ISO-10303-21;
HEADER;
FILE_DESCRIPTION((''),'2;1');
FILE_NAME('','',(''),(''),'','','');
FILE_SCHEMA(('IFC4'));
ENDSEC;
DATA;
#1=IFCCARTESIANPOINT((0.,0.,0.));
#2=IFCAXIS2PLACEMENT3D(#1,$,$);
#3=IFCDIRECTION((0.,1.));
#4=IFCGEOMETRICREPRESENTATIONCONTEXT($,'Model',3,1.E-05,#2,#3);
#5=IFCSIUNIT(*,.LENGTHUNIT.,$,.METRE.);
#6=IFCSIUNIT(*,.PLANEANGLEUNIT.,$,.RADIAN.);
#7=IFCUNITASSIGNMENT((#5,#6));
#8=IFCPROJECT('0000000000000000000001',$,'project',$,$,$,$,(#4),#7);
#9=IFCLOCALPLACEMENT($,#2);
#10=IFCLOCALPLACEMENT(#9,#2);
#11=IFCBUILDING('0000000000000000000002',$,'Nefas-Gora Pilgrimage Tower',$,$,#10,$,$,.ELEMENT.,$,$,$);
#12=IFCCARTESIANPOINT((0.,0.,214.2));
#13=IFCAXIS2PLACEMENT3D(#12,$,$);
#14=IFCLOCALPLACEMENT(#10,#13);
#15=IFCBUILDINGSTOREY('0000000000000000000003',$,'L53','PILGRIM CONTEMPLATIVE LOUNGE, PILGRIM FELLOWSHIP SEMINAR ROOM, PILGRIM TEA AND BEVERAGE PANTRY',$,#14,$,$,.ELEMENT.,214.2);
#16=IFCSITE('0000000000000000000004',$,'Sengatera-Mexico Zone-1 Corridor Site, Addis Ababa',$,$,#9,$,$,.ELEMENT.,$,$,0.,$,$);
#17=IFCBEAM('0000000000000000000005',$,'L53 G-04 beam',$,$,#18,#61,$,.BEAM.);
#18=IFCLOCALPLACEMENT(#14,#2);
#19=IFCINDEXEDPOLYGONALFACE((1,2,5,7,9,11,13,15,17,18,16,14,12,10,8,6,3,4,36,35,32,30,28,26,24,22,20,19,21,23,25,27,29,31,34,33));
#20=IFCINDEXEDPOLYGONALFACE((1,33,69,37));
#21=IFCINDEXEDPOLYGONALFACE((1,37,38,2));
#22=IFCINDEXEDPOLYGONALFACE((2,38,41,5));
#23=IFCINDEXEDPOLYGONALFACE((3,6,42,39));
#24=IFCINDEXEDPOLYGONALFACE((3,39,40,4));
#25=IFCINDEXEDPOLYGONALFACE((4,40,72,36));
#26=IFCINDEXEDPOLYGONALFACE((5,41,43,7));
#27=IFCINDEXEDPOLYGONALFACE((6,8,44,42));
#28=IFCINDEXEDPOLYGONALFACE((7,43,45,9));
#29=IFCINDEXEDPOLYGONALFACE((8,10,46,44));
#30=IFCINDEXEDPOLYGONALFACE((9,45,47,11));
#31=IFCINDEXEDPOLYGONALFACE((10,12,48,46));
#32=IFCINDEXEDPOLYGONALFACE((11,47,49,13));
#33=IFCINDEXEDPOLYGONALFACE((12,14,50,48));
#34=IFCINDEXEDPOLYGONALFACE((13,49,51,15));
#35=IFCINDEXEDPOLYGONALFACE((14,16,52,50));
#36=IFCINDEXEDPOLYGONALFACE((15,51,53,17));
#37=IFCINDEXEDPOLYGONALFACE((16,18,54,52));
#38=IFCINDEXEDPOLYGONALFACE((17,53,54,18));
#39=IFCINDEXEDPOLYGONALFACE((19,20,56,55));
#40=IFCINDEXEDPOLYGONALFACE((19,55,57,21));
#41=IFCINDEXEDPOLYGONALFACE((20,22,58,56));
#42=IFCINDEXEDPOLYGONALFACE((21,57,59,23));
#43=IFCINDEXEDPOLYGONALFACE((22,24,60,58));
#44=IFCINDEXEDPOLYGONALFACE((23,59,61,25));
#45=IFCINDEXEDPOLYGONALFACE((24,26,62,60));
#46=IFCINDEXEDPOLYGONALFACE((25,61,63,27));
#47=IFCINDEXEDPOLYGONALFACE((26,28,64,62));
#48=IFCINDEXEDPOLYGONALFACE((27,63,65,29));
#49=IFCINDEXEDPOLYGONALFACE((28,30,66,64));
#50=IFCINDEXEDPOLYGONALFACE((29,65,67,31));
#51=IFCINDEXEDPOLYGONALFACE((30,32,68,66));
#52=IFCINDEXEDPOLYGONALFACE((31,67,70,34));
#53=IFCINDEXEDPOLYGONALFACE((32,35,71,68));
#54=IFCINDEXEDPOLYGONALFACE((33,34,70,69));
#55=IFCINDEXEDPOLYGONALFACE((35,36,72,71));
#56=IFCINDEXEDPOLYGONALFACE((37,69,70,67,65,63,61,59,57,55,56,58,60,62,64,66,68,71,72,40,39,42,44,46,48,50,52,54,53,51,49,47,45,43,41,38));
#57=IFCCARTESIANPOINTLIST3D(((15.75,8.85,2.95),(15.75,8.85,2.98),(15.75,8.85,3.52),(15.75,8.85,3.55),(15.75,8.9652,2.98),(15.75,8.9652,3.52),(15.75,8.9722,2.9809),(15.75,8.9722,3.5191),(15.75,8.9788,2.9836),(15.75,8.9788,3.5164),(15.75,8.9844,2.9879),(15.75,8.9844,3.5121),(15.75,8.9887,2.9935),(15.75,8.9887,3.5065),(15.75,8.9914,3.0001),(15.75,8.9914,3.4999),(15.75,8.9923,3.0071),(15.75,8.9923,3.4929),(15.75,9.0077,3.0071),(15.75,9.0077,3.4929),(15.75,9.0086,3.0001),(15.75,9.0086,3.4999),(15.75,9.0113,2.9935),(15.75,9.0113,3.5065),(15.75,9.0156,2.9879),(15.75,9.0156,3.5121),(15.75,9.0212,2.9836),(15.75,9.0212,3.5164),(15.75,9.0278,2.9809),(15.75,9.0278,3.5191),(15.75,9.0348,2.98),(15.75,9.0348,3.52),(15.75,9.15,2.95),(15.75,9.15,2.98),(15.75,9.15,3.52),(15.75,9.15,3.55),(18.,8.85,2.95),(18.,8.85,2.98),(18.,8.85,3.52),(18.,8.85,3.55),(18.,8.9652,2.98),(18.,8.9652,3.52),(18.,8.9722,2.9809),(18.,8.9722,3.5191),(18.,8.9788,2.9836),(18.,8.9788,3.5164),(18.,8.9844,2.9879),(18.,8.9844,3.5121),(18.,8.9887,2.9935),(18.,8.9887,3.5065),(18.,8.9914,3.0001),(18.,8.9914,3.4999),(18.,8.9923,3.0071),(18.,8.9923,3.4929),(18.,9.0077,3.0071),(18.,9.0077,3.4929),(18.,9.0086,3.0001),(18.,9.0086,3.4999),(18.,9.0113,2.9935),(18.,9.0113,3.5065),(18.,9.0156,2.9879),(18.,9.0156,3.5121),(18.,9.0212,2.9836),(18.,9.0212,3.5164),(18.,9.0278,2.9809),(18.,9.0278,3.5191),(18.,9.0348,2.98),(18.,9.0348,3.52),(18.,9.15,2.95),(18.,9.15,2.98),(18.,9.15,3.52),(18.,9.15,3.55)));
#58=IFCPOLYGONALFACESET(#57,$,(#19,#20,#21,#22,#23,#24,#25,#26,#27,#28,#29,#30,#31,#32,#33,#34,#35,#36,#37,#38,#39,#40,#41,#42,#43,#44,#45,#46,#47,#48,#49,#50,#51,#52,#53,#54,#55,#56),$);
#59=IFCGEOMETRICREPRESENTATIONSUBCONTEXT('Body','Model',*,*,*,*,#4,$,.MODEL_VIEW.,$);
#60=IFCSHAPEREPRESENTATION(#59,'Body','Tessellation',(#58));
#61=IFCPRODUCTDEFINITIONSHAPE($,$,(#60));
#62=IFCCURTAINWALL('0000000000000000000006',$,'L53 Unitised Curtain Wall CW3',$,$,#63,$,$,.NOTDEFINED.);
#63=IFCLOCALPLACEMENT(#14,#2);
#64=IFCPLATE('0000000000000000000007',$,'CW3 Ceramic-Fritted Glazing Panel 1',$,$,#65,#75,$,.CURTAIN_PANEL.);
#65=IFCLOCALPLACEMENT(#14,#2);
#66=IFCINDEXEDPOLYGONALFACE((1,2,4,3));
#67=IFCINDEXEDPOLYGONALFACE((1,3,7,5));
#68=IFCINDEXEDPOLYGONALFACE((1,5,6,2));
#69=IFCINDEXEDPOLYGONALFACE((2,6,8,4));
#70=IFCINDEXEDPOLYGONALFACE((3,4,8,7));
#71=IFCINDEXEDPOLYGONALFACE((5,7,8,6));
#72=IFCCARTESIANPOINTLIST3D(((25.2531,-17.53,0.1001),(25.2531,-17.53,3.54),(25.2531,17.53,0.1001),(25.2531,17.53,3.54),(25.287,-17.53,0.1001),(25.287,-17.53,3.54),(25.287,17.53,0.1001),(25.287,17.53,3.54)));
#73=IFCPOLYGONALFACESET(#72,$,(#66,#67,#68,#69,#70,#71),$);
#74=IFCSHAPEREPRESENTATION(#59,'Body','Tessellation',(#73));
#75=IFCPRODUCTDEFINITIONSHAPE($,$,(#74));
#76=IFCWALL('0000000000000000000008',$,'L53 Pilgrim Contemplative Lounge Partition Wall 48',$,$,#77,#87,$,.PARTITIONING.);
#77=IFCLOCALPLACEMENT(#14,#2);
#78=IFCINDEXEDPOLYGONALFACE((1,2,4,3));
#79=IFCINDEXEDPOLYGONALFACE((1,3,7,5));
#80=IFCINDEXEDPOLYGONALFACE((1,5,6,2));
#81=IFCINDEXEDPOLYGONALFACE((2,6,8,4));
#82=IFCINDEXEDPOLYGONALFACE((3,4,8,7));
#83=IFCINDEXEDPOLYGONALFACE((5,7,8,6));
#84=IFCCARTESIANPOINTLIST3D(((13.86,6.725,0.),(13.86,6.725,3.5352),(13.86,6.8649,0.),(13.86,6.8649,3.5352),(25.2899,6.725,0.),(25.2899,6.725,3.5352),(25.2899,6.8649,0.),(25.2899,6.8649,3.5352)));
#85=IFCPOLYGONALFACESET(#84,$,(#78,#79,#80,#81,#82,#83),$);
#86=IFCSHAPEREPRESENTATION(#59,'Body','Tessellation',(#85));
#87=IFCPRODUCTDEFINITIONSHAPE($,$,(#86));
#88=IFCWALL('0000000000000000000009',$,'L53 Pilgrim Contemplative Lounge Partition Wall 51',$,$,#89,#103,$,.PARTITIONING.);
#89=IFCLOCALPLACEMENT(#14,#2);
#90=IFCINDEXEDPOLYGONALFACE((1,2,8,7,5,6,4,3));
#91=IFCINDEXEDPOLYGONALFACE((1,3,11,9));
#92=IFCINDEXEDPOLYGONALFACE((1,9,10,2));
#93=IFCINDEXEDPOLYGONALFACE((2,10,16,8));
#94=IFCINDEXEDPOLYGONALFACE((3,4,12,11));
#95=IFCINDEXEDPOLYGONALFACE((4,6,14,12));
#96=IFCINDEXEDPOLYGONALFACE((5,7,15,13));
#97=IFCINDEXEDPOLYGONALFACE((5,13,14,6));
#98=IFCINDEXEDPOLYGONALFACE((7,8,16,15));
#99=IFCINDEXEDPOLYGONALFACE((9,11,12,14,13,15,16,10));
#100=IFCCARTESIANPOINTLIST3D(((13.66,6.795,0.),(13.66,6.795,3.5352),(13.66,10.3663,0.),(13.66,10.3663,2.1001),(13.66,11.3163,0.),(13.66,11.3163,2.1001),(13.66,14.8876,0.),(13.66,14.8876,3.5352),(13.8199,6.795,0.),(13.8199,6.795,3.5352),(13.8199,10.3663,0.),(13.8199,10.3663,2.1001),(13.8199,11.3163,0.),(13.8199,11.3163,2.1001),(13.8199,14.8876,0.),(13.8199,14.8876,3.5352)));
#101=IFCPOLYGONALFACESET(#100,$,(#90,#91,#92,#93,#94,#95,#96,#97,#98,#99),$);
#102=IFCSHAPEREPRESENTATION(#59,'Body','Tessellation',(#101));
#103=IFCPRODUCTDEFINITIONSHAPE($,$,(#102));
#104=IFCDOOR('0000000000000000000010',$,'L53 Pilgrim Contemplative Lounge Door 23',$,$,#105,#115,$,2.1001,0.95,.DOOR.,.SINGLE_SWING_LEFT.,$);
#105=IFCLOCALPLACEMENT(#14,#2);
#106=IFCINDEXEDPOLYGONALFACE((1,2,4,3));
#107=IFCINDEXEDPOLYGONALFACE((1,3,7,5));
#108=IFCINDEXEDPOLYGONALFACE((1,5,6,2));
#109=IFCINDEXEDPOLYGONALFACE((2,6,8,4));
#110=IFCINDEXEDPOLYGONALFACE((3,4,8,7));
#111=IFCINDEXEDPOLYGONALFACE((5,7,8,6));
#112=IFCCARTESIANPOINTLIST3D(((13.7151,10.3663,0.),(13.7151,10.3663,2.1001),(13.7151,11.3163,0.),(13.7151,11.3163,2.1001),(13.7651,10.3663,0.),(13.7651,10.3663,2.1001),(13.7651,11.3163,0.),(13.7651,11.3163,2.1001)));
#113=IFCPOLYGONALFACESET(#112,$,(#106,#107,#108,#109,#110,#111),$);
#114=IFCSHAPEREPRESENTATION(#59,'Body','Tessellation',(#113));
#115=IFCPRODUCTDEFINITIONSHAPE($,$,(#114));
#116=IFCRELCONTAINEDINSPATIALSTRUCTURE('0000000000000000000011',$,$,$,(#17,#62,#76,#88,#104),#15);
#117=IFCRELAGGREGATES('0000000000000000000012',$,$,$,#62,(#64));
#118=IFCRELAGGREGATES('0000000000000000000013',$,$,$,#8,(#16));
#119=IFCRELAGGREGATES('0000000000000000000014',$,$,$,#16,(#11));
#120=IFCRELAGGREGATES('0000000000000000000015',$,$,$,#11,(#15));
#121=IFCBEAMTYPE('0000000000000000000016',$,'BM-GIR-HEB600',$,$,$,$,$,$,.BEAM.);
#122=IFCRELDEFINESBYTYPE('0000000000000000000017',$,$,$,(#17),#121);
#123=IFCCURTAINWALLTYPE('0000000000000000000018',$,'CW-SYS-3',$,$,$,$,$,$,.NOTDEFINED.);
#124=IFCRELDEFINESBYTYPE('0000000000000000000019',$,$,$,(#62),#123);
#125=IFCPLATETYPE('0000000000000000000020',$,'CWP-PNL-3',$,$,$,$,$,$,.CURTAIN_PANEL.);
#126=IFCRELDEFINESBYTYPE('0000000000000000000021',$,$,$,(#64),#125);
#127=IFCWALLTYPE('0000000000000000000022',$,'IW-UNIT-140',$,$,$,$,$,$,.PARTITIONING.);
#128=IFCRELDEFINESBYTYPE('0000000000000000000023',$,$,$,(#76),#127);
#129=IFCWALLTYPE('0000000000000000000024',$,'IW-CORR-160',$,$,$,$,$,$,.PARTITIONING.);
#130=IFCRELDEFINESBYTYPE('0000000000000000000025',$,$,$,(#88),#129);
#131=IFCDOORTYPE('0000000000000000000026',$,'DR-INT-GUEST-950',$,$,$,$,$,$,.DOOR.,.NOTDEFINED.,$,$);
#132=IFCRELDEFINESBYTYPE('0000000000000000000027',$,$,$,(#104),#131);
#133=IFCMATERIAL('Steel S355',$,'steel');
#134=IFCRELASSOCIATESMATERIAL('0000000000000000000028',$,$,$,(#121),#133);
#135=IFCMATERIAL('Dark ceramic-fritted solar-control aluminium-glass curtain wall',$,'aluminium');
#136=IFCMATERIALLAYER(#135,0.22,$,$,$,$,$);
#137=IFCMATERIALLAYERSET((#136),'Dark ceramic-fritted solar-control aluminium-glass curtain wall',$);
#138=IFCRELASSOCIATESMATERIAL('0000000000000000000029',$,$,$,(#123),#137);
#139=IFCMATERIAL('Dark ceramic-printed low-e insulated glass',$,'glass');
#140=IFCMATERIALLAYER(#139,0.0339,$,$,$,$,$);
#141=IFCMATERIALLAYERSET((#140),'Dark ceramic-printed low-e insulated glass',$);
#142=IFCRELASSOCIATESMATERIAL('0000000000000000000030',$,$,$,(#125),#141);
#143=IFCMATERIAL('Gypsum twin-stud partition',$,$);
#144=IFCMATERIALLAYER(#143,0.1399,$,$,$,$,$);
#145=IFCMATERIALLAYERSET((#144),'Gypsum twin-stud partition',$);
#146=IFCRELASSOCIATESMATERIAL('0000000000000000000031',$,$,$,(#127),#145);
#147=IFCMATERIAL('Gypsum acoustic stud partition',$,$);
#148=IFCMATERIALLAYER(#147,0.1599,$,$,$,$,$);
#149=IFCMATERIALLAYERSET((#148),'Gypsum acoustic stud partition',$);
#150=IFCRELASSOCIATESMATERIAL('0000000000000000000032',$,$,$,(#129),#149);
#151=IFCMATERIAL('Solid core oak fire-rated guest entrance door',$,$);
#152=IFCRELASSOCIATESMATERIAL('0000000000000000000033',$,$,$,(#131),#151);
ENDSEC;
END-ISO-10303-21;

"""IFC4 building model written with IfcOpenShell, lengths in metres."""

from ifc_helpers import new_model, si_unit, direction, frame, frame_2d, origin, origin_2d, place, context, subcontext, project, spatial, rectangle, i_section, extrude, source, transform, mapped, material, layer, layer_set, material_profile, profile_set, type_object, element, fill, aggregate, save


model = new_model("IFC4")

# Units and contexts
model_context = context("Model", 3, precision=1e-05, world=origin(), true_north=direction((0.0, 1.0)))
body_context = subcontext(model_context, "Body", "Model", "MODEL_VIEW")
ifc_project = project(units=[si_unit("LENGTHUNIT", "METRE"), si_unit("PLANEANGLEUNIT", "RADIAN")], contexts=[model_context])

# Site, building, storey
site_placement = place(None, origin())
site = spatial("IfcSite", under=ifc_project, at=site_placement, Name="Sengatera-Mexico Zone-1 Corridor Site, Addis Ababa", CompositionType="ELEMENT", RefElevation=0.0)
building_placement = place(site_placement, origin())
building = spatial("IfcBuilding", under=site, at=building_placement, Name="Nefas-Gora Pilgrimage Tower", CompositionType="ELEMENT")
storey_placement = place(building_placement, frame((0.0, 0.0, 214.2)))
storey = spatial("IfcBuildingStorey", under=building, at=storey_placement, Name="L53", Description="PILGRIM CONTEMPLATIVE LOUNGE, PILGRIM FELLOWSHIP SEMINAR ROOM, PILGRIM TEA AND BEVERAGE PANTRY", CompositionType="ELEMENT", Elevation=214.2)

# Beam
ifc_material_1 = material(Name="Steel S355", Category="steel")
ifc_material_profile_1 = material_profile(ifc_material_1, i_section(OverallWidth=0.3, OverallDepth=0.6001, WebThickness=0.0154, FlangeThickness=0.03, FilletRadius=0.0271, at=origin_2d()), Name="HEB 600")
ifc_profile_set_1 = profile_set([ifc_material_profile_1], Name="Steel S355")
beam_type_1 = type_object("IfcBeamType", Name="BM-GIR-HEB600", PredefinedType="BEAM", material=ifc_profile_set_1)
shared_shape_1 = source(origin(), body_context, "Body", "SweptSolid", [
    extrude(i_section(OverallWidth=0.3, OverallDepth=0.6001, WebThickness=0.0154, FlangeThickness=0.03, FilletRadius=0.0271, at=origin_2d()), origin(), (0.0, 0.0, 1.0), 2.25),
])
for number, where, z_axis, x_axis, name in (
    (1, (15.75, 9.0, 3.25), (1.0, 0.0, 0.0), (0.0, 1.0, 0.0), "L53 G-04 beam"),
):
    element("IfcBeam", number, at=place(storey_placement, frame(where, z_axis=z_axis, x_axis=x_axis)), inside=storey, type_object=beam_type_1, Name=name, PredefinedType="BEAM", context=body_context, shape_type="MappedRepresentation", body=[
        mapped(shared_shape_1, transform((0.0, 0.0, 0.0), x_axis=(1.0, 0.0, 0.0), y_axis=(0.0, 1.0, 0.0), z_axis=(0.0, 0.0, 1.0), scale=1.0)),
    ])

# Curtain wall, plate
ifc_material_2 = material(Name="Dark ceramic-fritted solar-control aluminium-glass curtain wall", Category="aluminium")
ifc_layer_1 = layer(ifc_material_2, 0.22)
ifc_layer_set_1 = layer_set([ifc_layer_1], Name="Dark ceramic-fritted solar-control aluminium-glass curtain wall")
curtain_wall_type = type_object("IfcCurtainWallType", Name="CW-SYS-3", PredefinedType="NOTDEFINED", material=ifc_layer_set_1)
curtain_wall_placement = place(storey_placement, origin())
curtain_wall = element("IfcCurtainWall", 2, at=curtain_wall_placement, inside=storey, type_object=curtain_wall_type, Name="L53 Unitised Curtain Wall CW3", PredefinedType="NOTDEFINED")
ifc_material_3 = material(Name="Dark ceramic-printed low-e insulated glass", Category="glass")
ifc_layer_2 = layer(ifc_material_3, 0.0339)
ifc_layer_set_2 = layer_set([ifc_layer_2], Name="Dark ceramic-printed low-e insulated glass")
plate_type = type_object("IfcPlateType", Name="CWP-PNL-3", PredefinedType="CURTAIN_PANEL", material=ifc_layer_set_2)
shared_shape_2 = source(origin(), body_context, "Body", "SweptSolid", [
    extrude(rectangle(XDim=35.0601, YDim=0.0339, at=origin_2d()), origin(), (0.0, 0.0, 1.0), 3.4399),
])
plate_placement = place(storey_placement, frame((25.27, 0.0, 0.1001), z_axis=(0.0, 0.0, 1.0), x_axis=(0.0, 1.0, 0.0)))
plate = element("IfcPlate", 3, at=plate_placement, type_object=plate_type, Name="CW3 Ceramic-Fritted Glazing Panel 1", PredefinedType="CURTAIN_PANEL", context=body_context, shape_type="MappedRepresentation", body=[
    mapped(shared_shape_2, transform((0.0, 0.0, 0.0), x_axis=(1.0, 0.0, 0.0), y_axis=(0.0, 1.0, 0.0), z_axis=(0.0, 0.0, 1.0), scale=1.0)),
])
aggregate(curtain_wall, [plate])

# Wall
ifc_material_4 = material(Name="Gypsum twin-stud partition")
ifc_layer_3 = layer(ifc_material_4, 0.1399)
ifc_layer_set_3 = layer_set([ifc_layer_3], Name="Gypsum twin-stud partition")
wall_type_1 = type_object("IfcWallType", Name="IW-UNIT-140", PredefinedType="PARTITIONING", material=ifc_layer_set_3)
shared_shape_3 = source(origin(), body_context, "Body", "SweptSolid", [
    extrude(rectangle(XDim=11.4299, YDim=0.1399, at=frame_2d((5.7148, 0.0))), origin(), (0.0, 0.0, 1.0), 3.5352),
])
wall_1_placement = place(storey_placement, frame((13.8601, 6.7949, 0.0), z_axis=(0.0, 0.0, 1.0), x_axis=(1.0, 0.0, 0.0)))
element("IfcWall", 4, at=wall_1_placement, inside=storey, type_object=wall_type_1, Name="L53 Pilgrim Contemplative Lounge Partition Wall 48", PredefinedType="PARTITIONING", context=body_context, shape_type="MappedRepresentation", body=[
    mapped(shared_shape_3, transform((0.0, 0.0, 0.0), x_axis=(1.0, 0.0, 0.0), y_axis=(0.0, 1.0, 0.0), z_axis=(0.0, 0.0, 1.0), scale=1.0)),
])

# Wall, opening, door
ifc_material_5 = material(Name="Gypsum acoustic stud partition")
ifc_layer_4 = layer(ifc_material_5, 0.1599)
ifc_layer_set_4 = layer_set([ifc_layer_4], Name="Gypsum acoustic stud partition")
wall_type_2 = type_object("IfcWallType", Name="IW-CORR-160", PredefinedType="PARTITIONING", material=ifc_layer_set_4)
shared_shape_4 = source(origin(), body_context, "Body", "SweptSolid", [
    extrude(rectangle(XDim=8.0925, YDim=0.1599, at=frame_2d((4.0464, 0.0))), origin(), (0.0, 0.0, 1.0), 3.5352),
])
wall_2_placement = place(storey_placement, frame((13.74, 6.7949, 0.0), z_axis=(0.0, 0.0, 1.0), x_axis=(0.0, 1.0, 0.0)))
wall_2 = element("IfcWall", 5, at=wall_2_placement, inside=storey, type_object=wall_type_2, Name="L53 Pilgrim Contemplative Lounge Partition Wall 51", PredefinedType="PARTITIONING", context=body_context, shape_type="MappedRepresentation", body=[
    mapped(shared_shape_4, transform((0.0, 0.0, 0.0), x_axis=(1.0, 0.0, 0.0), y_axis=(0.0, 1.0, 0.0), z_axis=(0.0, 0.0, 1.0), scale=1.0)),
])
opening_placement = place(wall_2_placement, frame((3.5713, 0.0, 0.0)))
opening = element("IfcOpeningElement", 6, at=opening_placement, cuts=wall_2, PredefinedType="OPENING", context=body_context, shape_type="SweptSolid", body=[
    extrude(rectangle(XDim=0.95, YDim=2.1001, at=frame_2d((0.4751, 1.05))), frame((0.0, 0.0898, 0.0), z_axis=(0.0, -1.0, 0.0), x_axis=(1.0, 0.0, 0.0)), (0.0, 0.0, 1.0), 0.1799),
])
ifc_material_6 = material(Name="Solid core oak fire-rated guest entrance door")
door_type = type_object("IfcDoorType", Name="DR-INT-GUEST-950", OperationType="NOTDEFINED", PredefinedType="DOOR", material=ifc_material_6)
shared_shape_5 = source(origin(), body_context, "Body", "SweptSolid", [
    extrude(rectangle(XDim=0.95, YDim=2.1001, at=frame_2d((0.4751, 1.05))), frame((0.0, 0.0249, 0.0), z_axis=(0.0, -1.0, 0.0), x_axis=(1.0, 0.0, 0.0)), (0.0, 0.0, 1.0), 0.05),
])
door_placement = place(opening_placement, origin())
door = element("IfcDoor", 7, at=door_placement, inside=storey, type_object=door_type, Name="L53 Pilgrim Contemplative Lounge Door 23", OperationType="SINGLE_SWING_LEFT", OverallHeight=2.1001, OverallWidth=0.95, PredefinedType="DOOR", context=body_context, shape_type="MappedRepresentation", body=[
    mapped(shared_shape_5, transform((0.0, 0.0, 0.0), x_axis=(1.0, 0.0, 0.0), y_axis=(0.0, 1.0, 0.0), z_axis=(0.0, 0.0, 1.0), scale=1.0)),
])
fill(opening, door)

save(model, "model.ifc")
